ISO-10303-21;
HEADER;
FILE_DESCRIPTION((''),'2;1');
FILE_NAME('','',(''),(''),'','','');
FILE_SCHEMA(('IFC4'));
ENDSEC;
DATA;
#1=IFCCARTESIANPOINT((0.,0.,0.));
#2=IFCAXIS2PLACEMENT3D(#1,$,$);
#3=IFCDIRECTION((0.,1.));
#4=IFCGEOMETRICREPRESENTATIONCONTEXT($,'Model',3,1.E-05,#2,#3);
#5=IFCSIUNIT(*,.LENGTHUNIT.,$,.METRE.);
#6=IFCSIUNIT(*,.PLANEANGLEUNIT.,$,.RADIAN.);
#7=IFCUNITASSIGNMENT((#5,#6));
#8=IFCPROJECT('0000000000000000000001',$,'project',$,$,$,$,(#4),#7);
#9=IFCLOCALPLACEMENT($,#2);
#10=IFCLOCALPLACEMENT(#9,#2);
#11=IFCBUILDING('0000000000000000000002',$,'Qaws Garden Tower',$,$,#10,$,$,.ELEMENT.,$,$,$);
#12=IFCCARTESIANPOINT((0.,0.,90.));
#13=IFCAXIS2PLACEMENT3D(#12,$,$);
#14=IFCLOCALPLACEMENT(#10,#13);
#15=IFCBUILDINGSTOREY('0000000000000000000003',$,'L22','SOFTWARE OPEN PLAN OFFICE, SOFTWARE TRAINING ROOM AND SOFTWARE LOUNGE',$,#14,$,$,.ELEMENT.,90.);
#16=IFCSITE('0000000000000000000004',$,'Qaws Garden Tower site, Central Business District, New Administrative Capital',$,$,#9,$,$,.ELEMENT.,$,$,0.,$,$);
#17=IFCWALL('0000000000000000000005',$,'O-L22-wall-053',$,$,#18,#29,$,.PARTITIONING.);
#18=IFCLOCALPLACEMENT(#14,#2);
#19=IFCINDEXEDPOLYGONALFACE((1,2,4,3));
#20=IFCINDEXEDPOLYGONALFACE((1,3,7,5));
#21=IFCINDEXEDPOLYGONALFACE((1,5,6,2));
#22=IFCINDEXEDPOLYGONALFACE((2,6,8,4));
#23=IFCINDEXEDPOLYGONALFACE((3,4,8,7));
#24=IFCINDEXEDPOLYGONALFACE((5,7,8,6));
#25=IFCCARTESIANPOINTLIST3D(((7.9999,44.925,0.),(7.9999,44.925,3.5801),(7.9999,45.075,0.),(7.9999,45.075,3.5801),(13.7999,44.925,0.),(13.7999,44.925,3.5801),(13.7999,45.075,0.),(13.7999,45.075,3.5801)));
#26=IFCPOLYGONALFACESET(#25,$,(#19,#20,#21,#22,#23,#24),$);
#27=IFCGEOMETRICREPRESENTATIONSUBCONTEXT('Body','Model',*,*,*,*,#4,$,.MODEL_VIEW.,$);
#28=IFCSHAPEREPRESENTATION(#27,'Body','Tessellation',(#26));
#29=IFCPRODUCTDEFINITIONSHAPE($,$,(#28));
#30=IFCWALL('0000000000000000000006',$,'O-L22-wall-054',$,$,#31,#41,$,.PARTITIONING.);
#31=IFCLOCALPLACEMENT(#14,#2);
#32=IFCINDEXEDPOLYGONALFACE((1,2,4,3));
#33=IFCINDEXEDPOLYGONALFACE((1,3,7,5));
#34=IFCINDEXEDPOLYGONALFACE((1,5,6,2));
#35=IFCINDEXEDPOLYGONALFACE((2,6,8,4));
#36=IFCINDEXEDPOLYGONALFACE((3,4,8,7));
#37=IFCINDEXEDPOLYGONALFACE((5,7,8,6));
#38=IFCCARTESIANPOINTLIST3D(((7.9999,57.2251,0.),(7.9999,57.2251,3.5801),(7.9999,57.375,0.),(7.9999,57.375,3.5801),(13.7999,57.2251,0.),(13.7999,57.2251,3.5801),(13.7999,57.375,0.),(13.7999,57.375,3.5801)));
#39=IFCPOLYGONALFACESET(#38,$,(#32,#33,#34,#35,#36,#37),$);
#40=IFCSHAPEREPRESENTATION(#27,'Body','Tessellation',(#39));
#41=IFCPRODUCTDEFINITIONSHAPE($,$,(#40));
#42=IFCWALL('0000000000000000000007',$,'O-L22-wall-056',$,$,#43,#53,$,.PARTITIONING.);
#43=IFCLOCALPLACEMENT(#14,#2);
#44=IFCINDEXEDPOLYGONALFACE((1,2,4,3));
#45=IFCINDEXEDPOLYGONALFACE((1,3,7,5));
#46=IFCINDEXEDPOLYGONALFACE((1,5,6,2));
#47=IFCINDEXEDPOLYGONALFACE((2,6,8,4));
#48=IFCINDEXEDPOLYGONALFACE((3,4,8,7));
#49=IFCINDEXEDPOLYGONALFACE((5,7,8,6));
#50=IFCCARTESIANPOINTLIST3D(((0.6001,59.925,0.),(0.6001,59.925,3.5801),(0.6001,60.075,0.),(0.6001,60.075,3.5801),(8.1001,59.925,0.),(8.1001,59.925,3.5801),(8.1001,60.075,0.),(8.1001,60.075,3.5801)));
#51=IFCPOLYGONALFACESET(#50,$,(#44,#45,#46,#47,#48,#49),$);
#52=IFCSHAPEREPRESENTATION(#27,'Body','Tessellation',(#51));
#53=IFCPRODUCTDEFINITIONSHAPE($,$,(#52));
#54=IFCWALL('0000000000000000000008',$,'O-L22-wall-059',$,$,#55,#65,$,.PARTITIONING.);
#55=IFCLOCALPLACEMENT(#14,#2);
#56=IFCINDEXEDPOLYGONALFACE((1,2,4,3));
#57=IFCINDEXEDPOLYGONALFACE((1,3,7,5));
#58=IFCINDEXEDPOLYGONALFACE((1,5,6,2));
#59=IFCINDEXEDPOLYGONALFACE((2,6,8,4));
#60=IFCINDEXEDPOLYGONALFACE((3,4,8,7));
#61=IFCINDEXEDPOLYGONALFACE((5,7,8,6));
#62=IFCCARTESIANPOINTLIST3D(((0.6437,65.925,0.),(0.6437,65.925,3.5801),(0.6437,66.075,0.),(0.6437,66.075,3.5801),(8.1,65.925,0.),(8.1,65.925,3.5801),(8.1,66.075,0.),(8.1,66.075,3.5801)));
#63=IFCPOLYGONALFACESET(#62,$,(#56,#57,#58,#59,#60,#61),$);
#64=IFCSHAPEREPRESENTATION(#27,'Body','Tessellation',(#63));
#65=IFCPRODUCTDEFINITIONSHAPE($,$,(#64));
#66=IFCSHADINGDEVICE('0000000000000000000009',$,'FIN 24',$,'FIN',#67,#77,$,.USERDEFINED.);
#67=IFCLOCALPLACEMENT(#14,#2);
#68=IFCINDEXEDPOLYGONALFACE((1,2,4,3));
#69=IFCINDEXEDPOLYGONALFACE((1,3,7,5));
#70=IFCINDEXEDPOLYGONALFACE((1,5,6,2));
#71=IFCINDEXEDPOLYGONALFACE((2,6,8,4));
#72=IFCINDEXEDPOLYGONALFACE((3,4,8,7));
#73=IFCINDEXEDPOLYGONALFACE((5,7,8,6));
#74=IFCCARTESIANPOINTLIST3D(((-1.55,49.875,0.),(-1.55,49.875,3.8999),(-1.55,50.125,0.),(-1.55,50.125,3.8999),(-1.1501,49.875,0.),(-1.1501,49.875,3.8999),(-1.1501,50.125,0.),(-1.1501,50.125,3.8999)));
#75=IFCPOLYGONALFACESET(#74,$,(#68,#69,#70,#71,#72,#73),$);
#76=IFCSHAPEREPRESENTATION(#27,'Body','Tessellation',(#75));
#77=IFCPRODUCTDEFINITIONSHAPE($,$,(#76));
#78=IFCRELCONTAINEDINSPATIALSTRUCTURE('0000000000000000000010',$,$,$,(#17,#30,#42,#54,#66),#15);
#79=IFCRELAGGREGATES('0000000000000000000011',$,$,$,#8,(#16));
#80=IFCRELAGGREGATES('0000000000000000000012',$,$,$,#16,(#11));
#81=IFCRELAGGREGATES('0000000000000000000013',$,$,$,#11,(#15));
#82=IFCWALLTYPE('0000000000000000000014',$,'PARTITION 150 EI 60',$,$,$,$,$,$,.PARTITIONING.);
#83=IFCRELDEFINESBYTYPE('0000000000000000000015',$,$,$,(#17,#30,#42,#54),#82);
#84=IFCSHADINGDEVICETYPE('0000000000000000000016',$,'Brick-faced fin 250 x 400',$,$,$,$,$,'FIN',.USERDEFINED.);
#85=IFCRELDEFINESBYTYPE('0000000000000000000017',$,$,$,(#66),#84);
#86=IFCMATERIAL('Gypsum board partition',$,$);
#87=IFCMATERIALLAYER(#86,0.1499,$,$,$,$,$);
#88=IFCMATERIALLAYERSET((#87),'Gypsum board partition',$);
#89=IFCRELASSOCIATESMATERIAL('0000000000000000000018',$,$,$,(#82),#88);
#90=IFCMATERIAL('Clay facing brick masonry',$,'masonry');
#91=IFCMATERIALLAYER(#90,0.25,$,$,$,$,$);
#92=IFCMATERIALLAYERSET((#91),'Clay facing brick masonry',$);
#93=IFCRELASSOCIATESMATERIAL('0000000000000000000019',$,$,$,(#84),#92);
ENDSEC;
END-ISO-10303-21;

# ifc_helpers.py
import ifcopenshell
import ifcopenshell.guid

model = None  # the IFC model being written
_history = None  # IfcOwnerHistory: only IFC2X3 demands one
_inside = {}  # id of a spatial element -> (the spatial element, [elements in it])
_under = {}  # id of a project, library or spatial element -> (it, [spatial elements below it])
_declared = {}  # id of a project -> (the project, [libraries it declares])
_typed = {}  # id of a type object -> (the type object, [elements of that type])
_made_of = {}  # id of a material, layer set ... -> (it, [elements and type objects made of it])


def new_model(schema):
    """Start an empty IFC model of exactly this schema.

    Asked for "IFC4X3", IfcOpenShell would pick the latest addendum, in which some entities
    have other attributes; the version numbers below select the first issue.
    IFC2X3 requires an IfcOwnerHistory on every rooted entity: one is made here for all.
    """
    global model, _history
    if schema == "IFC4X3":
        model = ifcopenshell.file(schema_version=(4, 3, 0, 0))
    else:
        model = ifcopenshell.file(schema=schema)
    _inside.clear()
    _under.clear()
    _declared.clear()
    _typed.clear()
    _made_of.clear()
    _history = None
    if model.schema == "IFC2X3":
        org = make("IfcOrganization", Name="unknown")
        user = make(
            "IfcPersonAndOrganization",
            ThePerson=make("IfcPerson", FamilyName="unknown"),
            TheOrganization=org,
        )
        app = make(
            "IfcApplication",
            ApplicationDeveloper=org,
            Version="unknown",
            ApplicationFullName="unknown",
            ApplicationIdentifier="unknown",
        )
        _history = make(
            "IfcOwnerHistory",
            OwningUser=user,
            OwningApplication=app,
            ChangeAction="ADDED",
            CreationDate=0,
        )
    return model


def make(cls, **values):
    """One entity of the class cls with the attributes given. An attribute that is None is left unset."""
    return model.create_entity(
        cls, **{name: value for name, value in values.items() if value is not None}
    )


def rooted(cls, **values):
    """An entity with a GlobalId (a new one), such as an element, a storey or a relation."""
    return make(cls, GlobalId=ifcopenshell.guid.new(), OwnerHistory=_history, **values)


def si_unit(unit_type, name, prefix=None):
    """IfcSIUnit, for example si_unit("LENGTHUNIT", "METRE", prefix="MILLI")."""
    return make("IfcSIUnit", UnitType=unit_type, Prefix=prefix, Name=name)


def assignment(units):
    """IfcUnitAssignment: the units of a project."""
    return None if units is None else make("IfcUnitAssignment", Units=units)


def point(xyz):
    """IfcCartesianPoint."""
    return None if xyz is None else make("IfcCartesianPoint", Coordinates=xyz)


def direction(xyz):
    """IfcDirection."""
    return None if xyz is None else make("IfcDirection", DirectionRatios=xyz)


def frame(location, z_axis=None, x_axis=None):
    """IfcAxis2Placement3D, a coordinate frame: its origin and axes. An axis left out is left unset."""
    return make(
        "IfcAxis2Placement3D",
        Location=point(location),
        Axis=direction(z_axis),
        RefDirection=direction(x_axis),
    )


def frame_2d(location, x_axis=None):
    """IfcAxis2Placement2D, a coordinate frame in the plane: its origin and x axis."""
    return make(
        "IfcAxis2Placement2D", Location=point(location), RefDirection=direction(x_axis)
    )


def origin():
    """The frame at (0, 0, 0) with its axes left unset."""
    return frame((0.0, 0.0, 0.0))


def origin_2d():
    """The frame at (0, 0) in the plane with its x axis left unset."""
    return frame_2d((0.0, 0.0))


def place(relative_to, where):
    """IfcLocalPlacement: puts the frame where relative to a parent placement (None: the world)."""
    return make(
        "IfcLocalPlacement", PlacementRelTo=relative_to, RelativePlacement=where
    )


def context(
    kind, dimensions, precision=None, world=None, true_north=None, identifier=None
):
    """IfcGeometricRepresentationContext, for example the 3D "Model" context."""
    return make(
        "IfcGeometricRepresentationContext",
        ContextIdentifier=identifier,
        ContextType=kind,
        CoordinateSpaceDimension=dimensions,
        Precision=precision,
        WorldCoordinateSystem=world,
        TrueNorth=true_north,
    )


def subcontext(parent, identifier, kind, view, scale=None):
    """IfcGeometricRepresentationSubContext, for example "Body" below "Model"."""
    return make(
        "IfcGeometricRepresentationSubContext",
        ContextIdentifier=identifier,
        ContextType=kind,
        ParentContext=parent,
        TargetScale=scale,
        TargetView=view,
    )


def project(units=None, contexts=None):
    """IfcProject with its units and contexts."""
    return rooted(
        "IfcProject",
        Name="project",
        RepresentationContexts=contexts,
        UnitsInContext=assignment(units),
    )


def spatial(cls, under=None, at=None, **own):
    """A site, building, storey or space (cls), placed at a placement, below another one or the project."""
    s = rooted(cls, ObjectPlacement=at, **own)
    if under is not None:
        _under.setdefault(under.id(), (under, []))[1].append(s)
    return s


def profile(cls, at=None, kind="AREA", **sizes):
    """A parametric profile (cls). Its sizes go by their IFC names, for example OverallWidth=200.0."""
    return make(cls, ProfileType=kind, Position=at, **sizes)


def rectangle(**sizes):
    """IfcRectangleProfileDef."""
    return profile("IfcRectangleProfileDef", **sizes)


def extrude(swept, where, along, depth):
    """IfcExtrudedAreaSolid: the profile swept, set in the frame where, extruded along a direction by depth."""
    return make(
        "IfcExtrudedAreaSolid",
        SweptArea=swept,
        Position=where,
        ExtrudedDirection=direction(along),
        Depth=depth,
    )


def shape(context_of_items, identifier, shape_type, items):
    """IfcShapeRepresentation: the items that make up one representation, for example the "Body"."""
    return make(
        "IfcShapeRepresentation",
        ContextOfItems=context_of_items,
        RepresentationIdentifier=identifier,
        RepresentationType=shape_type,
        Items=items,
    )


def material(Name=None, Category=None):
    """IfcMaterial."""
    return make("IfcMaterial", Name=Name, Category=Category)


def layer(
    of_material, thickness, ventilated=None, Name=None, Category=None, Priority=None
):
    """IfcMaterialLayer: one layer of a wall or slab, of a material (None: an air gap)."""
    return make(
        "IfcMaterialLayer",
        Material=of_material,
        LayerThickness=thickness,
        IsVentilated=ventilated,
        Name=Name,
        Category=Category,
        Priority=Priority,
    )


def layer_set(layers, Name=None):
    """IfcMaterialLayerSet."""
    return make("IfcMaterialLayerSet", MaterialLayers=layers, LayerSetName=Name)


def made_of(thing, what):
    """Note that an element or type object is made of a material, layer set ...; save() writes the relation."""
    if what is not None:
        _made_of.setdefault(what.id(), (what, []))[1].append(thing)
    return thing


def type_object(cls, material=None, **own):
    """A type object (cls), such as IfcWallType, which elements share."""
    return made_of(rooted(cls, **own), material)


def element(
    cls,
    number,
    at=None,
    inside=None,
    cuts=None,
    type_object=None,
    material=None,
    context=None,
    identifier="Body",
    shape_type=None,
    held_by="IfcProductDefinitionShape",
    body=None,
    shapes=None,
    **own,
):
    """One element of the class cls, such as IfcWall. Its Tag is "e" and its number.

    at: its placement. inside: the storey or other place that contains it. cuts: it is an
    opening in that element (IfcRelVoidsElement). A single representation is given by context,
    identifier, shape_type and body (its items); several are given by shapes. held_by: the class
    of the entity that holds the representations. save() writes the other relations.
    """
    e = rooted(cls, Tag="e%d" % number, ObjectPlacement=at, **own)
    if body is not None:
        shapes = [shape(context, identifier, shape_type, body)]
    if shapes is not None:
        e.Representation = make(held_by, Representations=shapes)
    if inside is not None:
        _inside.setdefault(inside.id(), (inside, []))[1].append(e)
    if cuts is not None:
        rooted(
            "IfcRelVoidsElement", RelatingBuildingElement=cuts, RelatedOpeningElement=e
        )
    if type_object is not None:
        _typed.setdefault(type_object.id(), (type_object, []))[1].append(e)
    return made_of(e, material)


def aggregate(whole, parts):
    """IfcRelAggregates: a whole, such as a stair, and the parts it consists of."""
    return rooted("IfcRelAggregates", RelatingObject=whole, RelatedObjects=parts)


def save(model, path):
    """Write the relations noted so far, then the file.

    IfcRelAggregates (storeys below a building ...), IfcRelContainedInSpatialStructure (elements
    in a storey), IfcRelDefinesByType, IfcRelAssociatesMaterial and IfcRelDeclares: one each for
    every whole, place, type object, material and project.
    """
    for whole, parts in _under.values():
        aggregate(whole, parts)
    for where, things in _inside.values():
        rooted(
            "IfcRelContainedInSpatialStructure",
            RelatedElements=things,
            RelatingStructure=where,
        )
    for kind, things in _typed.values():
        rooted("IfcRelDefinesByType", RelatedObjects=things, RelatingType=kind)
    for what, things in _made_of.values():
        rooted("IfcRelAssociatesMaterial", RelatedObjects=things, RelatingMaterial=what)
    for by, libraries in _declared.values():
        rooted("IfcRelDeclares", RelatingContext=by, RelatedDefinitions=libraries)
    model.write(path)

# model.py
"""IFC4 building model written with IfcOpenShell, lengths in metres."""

from ifc_helpers import new_model, si_unit, direction, frame, frame_2d, origin, origin_2d, place, context, subcontext, project, spatial, rectangle, extrude, material, layer, layer_set, type_object, element, save


model = new_model("IFC4")

# Units and contexts
model_context = context("Model", 3, precision=1e-05, world=origin(), true_north=direction((0.0, 1.0)))
body_context = subcontext(model_context, "Body", "Model", "MODEL_VIEW")
ifc_project = project(units=[si_unit("LENGTHUNIT", "METRE"), si_unit("PLANEANGLEUNIT", "RADIAN")], contexts=[model_context])

# Site, building, storey
site_placement = place(None, origin())
site = spatial("IfcSite", under=ifc_project, at=site_placement, Name="Qaws Garden Tower site, Central Business District, New Administrative Capital", CompositionType="ELEMENT", RefElevation=0.0)
building_placement = place(site_placement, origin())
building = spatial("IfcBuilding", under=site, at=building_placement, Name="Qaws Garden Tower", CompositionType="ELEMENT")
storey_placement = place(building_placement, frame((0.0, 0.0, 90.0)))
storey = spatial("IfcBuildingStorey", under=building, at=storey_placement, Name="L22", Description="SOFTWARE OPEN PLAN OFFICE, SOFTWARE TRAINING ROOM AND SOFTWARE LOUNGE", CompositionType="ELEMENT", Elevation=90.0)

# Shared definitions
ifc_material_1 = material(Name="Gypsum board partition")
ifc_layer_1 = layer(ifc_material_1, 0.1499)
ifc_layer_set_1 = layer_set([ifc_layer_1], Name="Gypsum board partition")
wall_type_1 = type_object("IfcWallType", Name="PARTITION 150 EI 60", PredefinedType="PARTITIONING", material=ifc_layer_set_1)

# Walls
for number, where, z_axis, x_axis, name in (
    (1, (8.0, 45.0, 0.0), (0.0, 0.0, 1.0), (1.0, 0.0, 0.0), "O-L22-wall-053"),
    (2, (8.0, 57.3, 0.0), (0.0, 0.0, 1.0), (1.0, 0.0, 0.0), "O-L22-wall-054"),
):
    element("IfcWall", number, at=place(storey_placement, frame(where, z_axis=z_axis, x_axis=x_axis)), inside=storey, type_object=wall_type_1, Name=name, PredefinedType="PARTITIONING", context=body_context, shape_type="SweptSolid", body=[
        extrude(rectangle(XDim=5.8, YDim=0.1499, at=frame_2d((2.8999, 0.0))), origin(), (0.0, 0.0, 1.0), 3.5801),
    ])
wall_1_placement = place(storey_placement, frame((0.6001, 60.0, 0.0), z_axis=(0.0, 0.0, 1.0), x_axis=(1.0, 0.0, 0.0)))
element("IfcWall", 3, at=wall_1_placement, inside=storey, type_object=wall_type_1, Name="O-L22-wall-056", PredefinedType="PARTITIONING", context=body_context, shape_type="SweptSolid", body=[
    extrude(rectangle(XDim=7.5, YDim=0.1499, at=frame_2d((3.75, 0.0))), origin(), (0.0, 0.0, 1.0), 3.5801),
])
wall_2_placement = place(storey_placement, frame((0.6438, 66.0, 0.0), z_axis=(0.0, 0.0, 1.0), x_axis=(1.0, 0.0, 0.0)))
element("IfcWall", 4, at=wall_2_placement, inside=storey, type_object=wall_type_1, Name="O-L22-wall-059", PredefinedType="PARTITIONING", context=body_context, shape_type="SweptSolid", body=[
    extrude(rectangle(XDim=7.4563, YDim=0.1499, at=frame_2d((3.728, 0.0))), origin(), (0.0, 0.0, 1.0), 3.5801),
])

# Shading device
ifc_material_2 = material(Name="Clay facing brick masonry", Category="masonry")
ifc_layer_2 = layer(ifc_material_2, 0.25)
ifc_layer_set_2 = layer_set([ifc_layer_2], Name="Clay facing brick masonry")
shading_device_type = type_object("IfcShadingDeviceType", Name="Brick-faced fin 250 x 400", ElementType="FIN", PredefinedType="USERDEFINED", material=ifc_layer_set_2)
shading_device_placement = place(storey_placement, frame((-1.3501, 50.0, 0.0), z_axis=(0.0, 0.0, 1.0), x_axis=(0.0, -1.0, 0.0)))
element("IfcShadingDevice", 5, at=shading_device_placement, inside=storey, type_object=shading_device_type, Name="FIN 24", ObjectType="FIN", PredefinedType="USERDEFINED", context=body_context, shape_type="SweptSolid", body=[
    extrude(rectangle(XDim=0.25, YDim=0.3999, at=origin_2d()), origin(), (0.0, 0.0, 1.0), 3.8999),
])

save(model, "model.ifc")
